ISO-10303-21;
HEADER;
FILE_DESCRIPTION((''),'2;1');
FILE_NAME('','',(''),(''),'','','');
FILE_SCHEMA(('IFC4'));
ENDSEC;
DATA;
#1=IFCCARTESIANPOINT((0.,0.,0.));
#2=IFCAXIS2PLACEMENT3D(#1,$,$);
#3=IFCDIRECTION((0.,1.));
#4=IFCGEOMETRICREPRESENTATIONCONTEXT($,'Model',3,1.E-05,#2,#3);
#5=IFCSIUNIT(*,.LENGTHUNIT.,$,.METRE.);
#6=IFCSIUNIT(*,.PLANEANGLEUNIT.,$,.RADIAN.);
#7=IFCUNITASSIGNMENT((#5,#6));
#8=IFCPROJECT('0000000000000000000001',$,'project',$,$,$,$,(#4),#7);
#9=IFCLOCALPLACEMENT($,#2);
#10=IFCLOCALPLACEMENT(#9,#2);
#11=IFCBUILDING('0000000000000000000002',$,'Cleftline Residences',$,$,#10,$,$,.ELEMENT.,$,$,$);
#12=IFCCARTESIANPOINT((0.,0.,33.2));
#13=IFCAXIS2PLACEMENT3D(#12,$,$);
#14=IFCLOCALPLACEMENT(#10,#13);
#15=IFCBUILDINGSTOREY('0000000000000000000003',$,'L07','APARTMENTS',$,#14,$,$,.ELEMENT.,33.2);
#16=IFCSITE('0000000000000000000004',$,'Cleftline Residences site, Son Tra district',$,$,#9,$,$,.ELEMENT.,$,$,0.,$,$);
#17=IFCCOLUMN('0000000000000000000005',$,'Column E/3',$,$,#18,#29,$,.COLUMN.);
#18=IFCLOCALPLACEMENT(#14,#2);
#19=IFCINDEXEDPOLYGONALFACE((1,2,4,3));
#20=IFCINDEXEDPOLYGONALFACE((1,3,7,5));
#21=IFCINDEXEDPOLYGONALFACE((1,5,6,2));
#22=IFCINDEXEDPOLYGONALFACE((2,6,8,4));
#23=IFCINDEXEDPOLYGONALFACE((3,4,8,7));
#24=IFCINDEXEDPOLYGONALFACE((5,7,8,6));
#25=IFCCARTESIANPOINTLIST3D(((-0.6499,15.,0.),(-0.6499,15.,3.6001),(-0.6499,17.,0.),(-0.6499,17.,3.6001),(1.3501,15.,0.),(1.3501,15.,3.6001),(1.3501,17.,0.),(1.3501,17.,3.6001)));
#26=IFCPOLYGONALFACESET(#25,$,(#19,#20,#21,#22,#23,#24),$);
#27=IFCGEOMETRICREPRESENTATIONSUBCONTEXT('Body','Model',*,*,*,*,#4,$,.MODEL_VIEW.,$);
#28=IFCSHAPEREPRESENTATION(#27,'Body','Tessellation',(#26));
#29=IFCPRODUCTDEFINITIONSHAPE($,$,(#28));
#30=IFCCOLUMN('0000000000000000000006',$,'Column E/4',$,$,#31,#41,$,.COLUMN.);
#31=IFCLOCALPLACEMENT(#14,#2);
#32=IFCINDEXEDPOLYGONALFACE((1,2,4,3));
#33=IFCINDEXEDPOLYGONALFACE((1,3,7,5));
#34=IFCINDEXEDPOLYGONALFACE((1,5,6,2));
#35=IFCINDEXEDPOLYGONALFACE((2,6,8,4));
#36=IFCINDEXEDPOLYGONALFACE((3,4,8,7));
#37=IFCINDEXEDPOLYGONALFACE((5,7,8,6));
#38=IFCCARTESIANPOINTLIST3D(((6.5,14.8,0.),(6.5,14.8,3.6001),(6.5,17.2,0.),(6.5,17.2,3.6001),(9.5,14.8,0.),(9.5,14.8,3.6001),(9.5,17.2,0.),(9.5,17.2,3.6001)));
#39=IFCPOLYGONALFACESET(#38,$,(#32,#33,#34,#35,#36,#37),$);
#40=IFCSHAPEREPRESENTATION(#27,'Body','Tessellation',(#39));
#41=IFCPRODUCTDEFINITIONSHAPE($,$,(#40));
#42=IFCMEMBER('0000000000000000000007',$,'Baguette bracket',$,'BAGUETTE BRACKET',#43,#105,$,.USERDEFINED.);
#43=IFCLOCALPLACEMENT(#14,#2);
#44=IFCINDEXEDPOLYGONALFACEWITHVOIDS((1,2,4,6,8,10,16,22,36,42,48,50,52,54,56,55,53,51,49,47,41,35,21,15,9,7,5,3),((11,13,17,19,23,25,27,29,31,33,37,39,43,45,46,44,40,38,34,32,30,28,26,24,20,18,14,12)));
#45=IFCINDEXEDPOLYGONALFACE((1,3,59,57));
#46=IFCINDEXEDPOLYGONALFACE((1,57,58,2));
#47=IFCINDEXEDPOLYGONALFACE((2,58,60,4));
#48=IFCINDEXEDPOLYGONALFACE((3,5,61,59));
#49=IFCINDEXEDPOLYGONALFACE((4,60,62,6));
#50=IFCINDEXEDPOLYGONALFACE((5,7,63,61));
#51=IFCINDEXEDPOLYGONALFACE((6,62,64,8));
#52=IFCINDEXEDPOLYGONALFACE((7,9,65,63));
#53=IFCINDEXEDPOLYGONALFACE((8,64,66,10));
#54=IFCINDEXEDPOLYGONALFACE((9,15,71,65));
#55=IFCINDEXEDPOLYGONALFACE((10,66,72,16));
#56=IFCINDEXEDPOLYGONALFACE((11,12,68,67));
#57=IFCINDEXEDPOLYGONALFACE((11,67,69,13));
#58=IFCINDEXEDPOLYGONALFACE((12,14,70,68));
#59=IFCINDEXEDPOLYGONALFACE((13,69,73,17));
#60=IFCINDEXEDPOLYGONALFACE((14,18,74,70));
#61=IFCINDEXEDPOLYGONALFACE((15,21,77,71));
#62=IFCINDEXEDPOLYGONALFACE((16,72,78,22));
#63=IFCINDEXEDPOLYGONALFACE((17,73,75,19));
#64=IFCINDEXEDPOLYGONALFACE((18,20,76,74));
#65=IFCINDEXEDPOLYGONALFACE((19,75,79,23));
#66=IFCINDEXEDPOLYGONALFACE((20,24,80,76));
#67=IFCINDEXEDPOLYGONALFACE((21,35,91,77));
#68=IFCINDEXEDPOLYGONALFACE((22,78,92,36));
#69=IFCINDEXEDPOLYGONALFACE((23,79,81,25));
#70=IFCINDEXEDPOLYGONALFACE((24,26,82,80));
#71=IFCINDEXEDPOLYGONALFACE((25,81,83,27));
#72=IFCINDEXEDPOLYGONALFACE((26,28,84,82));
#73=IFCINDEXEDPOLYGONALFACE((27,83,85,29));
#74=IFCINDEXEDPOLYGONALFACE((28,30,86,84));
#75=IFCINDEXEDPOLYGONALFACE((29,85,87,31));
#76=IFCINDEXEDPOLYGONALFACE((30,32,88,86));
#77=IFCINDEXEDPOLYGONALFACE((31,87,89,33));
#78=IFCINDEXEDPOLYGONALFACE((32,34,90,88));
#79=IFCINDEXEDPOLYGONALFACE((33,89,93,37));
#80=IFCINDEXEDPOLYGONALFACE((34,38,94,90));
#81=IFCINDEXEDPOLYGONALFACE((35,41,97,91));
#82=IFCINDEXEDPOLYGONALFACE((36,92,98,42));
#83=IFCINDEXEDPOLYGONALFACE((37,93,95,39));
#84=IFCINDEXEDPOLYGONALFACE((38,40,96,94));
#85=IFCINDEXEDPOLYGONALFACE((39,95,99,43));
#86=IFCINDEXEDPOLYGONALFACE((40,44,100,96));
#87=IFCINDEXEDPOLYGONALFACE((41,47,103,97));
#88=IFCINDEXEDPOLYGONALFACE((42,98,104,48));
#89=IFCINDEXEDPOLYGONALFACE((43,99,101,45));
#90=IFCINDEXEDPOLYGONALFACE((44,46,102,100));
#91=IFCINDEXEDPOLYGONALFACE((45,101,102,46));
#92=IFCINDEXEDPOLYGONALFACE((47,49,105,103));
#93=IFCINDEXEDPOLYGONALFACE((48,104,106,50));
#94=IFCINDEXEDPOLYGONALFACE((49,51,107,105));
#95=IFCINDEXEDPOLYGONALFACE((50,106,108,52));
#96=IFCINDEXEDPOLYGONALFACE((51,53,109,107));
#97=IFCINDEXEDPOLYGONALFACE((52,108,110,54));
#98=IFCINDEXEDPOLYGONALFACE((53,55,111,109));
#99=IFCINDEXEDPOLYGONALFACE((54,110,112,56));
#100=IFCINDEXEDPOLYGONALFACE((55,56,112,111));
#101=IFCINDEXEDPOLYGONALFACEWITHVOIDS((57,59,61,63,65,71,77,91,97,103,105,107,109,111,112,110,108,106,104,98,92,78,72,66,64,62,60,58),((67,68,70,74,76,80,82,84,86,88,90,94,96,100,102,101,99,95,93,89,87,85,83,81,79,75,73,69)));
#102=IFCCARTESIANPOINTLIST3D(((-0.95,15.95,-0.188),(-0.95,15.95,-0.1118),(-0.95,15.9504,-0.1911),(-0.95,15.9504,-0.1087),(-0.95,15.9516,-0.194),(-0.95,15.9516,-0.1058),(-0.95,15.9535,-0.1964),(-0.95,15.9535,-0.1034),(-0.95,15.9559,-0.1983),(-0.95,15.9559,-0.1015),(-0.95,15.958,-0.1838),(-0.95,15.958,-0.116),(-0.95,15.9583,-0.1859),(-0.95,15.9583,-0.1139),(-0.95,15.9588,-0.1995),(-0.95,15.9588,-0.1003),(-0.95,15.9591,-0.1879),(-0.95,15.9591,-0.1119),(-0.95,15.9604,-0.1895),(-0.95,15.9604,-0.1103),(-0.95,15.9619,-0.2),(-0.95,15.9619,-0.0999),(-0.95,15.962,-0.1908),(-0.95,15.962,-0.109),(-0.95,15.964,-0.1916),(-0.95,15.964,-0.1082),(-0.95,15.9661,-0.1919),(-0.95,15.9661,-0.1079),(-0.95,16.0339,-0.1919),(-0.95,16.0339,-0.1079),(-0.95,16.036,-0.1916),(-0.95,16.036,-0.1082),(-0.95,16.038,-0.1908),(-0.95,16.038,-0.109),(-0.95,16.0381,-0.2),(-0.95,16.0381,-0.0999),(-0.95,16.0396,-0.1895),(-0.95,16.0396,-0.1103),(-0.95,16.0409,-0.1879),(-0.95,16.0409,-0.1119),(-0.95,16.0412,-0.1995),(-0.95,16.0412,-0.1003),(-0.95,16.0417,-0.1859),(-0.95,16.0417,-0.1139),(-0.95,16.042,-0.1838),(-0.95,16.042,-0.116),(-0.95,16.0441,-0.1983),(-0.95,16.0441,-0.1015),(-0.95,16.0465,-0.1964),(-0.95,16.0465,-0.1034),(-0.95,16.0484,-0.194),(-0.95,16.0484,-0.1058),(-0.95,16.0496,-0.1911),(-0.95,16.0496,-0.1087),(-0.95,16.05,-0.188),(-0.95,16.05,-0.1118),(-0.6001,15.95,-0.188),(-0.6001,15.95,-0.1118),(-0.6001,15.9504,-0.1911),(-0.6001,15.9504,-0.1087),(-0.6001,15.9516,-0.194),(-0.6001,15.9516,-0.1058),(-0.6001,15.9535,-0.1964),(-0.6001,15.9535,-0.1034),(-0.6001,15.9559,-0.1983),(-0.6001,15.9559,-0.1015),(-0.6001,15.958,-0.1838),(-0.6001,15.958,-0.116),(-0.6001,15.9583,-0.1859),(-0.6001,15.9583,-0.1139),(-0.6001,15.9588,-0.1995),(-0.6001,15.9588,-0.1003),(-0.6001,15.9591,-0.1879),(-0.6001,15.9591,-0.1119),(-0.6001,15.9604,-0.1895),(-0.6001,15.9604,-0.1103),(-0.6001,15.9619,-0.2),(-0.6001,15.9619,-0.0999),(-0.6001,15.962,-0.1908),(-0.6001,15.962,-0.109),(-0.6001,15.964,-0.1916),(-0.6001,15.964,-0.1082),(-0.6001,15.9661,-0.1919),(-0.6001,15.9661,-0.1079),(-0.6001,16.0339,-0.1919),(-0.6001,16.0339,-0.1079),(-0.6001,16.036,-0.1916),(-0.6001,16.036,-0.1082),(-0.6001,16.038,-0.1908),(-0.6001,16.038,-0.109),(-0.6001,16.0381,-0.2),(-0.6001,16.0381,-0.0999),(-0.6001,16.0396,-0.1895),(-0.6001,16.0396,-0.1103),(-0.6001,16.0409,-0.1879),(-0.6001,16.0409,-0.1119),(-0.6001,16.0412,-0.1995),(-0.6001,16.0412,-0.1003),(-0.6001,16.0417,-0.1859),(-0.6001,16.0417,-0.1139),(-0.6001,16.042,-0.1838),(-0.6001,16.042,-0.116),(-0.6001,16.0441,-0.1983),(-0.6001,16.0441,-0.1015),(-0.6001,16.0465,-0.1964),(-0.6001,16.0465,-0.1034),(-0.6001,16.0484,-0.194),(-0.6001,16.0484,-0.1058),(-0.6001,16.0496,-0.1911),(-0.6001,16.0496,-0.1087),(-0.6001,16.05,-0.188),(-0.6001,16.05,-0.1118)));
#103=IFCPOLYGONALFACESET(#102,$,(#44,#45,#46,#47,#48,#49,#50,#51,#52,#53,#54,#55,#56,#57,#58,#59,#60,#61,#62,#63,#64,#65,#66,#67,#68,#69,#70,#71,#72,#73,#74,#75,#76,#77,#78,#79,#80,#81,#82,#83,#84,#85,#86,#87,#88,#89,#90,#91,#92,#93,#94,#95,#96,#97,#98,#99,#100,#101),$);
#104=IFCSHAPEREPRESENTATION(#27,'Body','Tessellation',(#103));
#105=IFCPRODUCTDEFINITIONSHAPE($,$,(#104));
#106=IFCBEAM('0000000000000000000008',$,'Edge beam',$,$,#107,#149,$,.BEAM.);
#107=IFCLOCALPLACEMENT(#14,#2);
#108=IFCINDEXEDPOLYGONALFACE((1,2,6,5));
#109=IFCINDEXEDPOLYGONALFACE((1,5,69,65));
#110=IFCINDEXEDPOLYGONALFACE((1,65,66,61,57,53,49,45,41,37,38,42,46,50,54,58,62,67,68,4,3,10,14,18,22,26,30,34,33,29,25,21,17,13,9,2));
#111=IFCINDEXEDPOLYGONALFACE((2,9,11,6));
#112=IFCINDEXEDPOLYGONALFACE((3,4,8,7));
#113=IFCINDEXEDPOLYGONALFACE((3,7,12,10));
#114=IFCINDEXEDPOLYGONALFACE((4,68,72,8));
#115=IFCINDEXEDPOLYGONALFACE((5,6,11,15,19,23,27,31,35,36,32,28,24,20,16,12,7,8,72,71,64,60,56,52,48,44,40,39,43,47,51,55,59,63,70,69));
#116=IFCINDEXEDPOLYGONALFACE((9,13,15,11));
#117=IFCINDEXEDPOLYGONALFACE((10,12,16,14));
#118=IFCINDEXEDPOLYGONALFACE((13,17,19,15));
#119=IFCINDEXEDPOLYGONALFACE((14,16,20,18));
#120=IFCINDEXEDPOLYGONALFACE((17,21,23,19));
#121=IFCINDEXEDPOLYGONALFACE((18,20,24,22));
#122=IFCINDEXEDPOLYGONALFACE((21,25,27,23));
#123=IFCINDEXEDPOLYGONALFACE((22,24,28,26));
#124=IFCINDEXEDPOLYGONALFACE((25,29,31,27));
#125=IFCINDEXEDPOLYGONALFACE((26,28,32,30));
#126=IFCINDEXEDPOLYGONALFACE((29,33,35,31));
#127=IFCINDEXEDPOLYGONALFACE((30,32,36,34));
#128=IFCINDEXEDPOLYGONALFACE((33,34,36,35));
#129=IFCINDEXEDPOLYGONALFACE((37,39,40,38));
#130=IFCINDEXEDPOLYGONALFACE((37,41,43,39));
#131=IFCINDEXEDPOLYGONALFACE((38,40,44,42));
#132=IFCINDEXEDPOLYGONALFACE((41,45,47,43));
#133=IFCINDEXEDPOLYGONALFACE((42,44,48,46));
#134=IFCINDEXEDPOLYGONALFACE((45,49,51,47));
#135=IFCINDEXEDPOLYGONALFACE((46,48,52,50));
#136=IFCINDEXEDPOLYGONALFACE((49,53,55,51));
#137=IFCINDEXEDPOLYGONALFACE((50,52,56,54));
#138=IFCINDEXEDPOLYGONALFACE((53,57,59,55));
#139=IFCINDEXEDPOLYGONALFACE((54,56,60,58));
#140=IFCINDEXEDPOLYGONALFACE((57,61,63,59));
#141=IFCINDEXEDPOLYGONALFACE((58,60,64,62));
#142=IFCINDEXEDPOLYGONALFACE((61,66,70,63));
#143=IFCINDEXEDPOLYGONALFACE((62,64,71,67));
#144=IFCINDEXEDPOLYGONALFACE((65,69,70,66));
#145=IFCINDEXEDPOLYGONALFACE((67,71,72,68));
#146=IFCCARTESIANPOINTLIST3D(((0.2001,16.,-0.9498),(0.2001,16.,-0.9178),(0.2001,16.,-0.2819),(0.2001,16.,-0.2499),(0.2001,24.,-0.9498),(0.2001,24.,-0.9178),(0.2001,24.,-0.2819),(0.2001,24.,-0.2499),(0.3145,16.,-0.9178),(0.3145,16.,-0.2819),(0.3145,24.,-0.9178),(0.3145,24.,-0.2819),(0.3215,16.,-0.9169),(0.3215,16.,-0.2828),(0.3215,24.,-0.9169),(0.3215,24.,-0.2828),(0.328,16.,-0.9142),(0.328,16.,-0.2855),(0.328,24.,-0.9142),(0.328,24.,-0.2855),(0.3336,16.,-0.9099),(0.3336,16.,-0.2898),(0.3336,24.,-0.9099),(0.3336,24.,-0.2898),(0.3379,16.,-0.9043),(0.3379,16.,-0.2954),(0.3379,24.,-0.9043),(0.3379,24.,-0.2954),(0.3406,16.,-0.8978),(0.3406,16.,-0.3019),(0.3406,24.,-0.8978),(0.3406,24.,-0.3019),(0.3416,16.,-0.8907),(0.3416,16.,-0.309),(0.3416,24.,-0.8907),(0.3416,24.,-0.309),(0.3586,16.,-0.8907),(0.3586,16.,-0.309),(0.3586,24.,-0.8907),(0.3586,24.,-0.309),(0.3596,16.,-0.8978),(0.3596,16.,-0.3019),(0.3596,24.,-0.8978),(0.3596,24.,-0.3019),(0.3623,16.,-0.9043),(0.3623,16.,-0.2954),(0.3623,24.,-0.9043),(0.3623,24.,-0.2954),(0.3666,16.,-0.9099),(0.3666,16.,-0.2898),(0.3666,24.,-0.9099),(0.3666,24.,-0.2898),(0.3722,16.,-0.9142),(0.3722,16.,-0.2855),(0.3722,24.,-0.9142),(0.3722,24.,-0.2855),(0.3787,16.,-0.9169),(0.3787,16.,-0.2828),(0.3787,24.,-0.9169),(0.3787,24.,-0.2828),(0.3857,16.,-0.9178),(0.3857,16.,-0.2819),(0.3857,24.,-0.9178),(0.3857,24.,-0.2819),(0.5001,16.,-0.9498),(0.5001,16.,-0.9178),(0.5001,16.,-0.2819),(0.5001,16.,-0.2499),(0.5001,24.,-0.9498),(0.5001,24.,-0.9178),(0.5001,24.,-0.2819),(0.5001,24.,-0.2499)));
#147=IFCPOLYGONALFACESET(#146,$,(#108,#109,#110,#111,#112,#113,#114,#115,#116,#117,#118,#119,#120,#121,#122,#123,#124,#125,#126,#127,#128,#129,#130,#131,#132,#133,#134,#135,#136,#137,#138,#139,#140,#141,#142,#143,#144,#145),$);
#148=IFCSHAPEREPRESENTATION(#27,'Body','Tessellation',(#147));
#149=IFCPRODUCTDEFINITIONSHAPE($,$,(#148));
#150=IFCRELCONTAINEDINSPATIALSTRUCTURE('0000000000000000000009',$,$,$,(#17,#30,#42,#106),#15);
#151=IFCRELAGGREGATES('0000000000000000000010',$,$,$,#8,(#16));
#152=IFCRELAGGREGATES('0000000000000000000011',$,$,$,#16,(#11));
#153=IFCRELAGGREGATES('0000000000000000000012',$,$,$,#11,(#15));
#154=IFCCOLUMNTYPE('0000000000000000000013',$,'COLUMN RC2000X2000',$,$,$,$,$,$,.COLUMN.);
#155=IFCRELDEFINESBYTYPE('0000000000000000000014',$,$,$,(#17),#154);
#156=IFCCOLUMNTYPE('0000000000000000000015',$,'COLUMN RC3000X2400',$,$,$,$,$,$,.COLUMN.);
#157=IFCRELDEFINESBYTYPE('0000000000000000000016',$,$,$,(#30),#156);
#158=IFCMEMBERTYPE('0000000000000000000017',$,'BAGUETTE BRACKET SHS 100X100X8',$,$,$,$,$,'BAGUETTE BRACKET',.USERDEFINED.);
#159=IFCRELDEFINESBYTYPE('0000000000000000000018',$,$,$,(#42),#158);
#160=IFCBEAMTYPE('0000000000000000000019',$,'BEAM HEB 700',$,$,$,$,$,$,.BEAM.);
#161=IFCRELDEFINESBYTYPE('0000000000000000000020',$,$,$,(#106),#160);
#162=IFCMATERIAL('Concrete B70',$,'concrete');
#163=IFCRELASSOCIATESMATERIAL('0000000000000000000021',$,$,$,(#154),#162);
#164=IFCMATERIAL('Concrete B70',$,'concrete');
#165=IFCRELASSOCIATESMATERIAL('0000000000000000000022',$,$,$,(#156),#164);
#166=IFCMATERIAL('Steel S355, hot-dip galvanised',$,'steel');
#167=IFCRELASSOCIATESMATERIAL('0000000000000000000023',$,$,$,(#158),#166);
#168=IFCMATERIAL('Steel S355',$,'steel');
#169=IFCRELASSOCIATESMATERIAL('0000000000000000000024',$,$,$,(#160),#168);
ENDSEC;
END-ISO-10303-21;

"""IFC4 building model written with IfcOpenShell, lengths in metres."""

from ifc_helpers import new_model, si_unit, direction, frame, origin, origin_2d, place, context, subcontext, project, spatial, rectangle, hollow_rectangle, i_section, extrude, material, material_profile, profile_set, type_object, element, save


model = new_model("IFC4")

# Units and contexts
model_context = context("Model", 3, precision=1e-05, world=origin(), true_north=direction((0.0, 1.0)))
body_context = subcontext(model_context, "Body", "Model", "MODEL_VIEW")
ifc_project = project(units=[si_unit("LENGTHUNIT", "METRE"), si_unit("PLANEANGLEUNIT", "RADIAN")], contexts=[model_context])

# Site, building, storey
site_placement = place(None, origin())
site = spatial("IfcSite", under=ifc_project, at=site_placement, Name="Cleftline Residences site, Son Tra district", CompositionType="ELEMENT", RefElevation=0.0)
building_placement = place(site_placement, origin())
building = spatial("IfcBuilding", under=site, at=building_placement, Name="Cleftline Residences", CompositionType="ELEMENT")
storey_placement = place(building_placement, frame((0.0, 0.0, 33.2)))
storey = spatial("IfcBuildingStorey", under=building, at=storey_placement, Name="L07", Description="APARTMENTS", CompositionType="ELEMENT", Elevation=33.2)

# Columns
ifc_material_1 = material(Name="Concrete B70", Category="concrete")
ifc_material_profile_1 = material_profile(ifc_material_1, rectangle(XDim=2.0, YDim=2.0, at=origin_2d()))
ifc_profile_set_1 = profile_set([ifc_material_profile_1], Name="Concrete B70")
column_type_1 = type_object("IfcColumnType", Name="COLUMN RC2000X2000", PredefinedType="COLUMN", material=ifc_profile_set_1)
column_1_placement = place(storey_placement, frame((0.3501, 16.0, 0.0), z_axis=(0.0, 0.0, 1.0), x_axis=(1.0, 0.0, 0.0)))
element("IfcColumn", 1, at=column_1_placement, inside=storey, type_object=column_type_1, Name="Column E/3", PredefinedType="COLUMN", context=body_context, shape_type="SweptSolid", body=[
    extrude(rectangle(XDim=2.0, YDim=2.0, at=origin_2d()), origin(), (0.0, 0.0, 1.0), 3.6001),
])
ifc_material_2 = material(Name="Concrete B70", Category="concrete")
ifc_material_profile_2 = material_profile(ifc_material_2, rectangle(XDim=3.0, YDim=2.3999, at=origin_2d()))
ifc_profile_set_2 = profile_set([ifc_material_profile_2], Name="Concrete B70")
column_type_2 = type_object("IfcColumnType", Name="COLUMN RC3000X2400", PredefinedType="COLUMN", material=ifc_profile_set_2)
column_2_placement = place(storey_placement, frame((8.0, 16.0, 0.0), z_axis=(0.0, 0.0, 1.0), x_axis=(1.0, 0.0, 0.0)))
element("IfcColumn", 2, at=column_2_placement, inside=storey, type_object=column_type_2, Name="Column E/4", PredefinedType="COLUMN", context=body_context, shape_type="SweptSolid", body=[
    extrude(rectangle(XDim=3.0, YDim=2.3999, at=origin_2d()), origin(), (0.0, 0.0, 1.0), 3.6001),
])

# Member
ifc_material_3 = material(Name="Steel S355, hot-dip galvanised", Category="steel")
ifc_material_profile_3 = material_profile(ifc_material_3, hollow_rectangle(XDim=0.1001, YDim=0.1001, WallThickness=0.0081, InnerFilletRadius=0.0081, OuterFilletRadius=0.012, at=origin_2d()))
ifc_profile_set_3 = profile_set([ifc_material_profile_3], Name="Steel S355, hot-dip galvanised")
member_type_1 = type_object("IfcMemberType", Name="BAGUETTE BRACKET SHS 100X100X8", ElementType="BAGUETTE BRACKET", PredefinedType="USERDEFINED", material=ifc_profile_set_3)
member_placement = place(storey_placement, frame((-0.6001, 16.0, -0.1499), z_axis=(-1.0, 0.0, 0.0), x_axis=(0.0, -1.0, 0.0)))
element("IfcMember", 3, at=member_placement, inside=storey, type_object=member_type_1, Name="Baguette bracket", ObjectType="BAGUETTE BRACKET", PredefinedType="USERDEFINED", context=body_context, shape_type="SweptSolid", body=[
    extrude(hollow_rectangle(XDim=0.1001, YDim=0.1001, WallThickness=0.0081, InnerFilletRadius=0.0081, OuterFilletRadius=0.012, at=origin_2d()), origin(), (0.0, 0.0, 1.0), 0.3499),
])

# Beam
ifc_material_4 = material(Name="Steel S355", Category="steel")
ifc_material_profile_4 = material_profile(ifc_material_4, i_section(OverallWidth=0.3, OverallDepth=0.7, WebThickness=0.0171, FlangeThickness=0.032, FilletRadius=0.0271, at=origin_2d()))
ifc_profile_set_4 = profile_set([ifc_material_profile_4], Name="Steel S355")
beam_type_1 = type_object("IfcBeamType", Name="BEAM HEB 700", PredefinedType="BEAM", material=ifc_profile_set_4)
beam_1_placement = place(storey_placement, frame((0.3501, 16.0, -0.5999), z_axis=(0.0, 1.0, 0.0), x_axis=(-1.0, 0.0, 0.0)))
element("IfcBeam", 4, at=beam_1_placement, inside=storey, type_object=beam_type_1, Name="Edge beam", PredefinedType="BEAM", context=body_context, shape_type="SweptSolid", body=[
    extrude(i_section(OverallWidth=0.3, OverallDepth=0.7, WebThickness=0.0171, FlangeThickness=0.032, FilletRadius=0.0271, at=origin_2d()), origin(), (0.0, 0.0, 1.0), 8.0),
])

save(model, "model.ifc")
